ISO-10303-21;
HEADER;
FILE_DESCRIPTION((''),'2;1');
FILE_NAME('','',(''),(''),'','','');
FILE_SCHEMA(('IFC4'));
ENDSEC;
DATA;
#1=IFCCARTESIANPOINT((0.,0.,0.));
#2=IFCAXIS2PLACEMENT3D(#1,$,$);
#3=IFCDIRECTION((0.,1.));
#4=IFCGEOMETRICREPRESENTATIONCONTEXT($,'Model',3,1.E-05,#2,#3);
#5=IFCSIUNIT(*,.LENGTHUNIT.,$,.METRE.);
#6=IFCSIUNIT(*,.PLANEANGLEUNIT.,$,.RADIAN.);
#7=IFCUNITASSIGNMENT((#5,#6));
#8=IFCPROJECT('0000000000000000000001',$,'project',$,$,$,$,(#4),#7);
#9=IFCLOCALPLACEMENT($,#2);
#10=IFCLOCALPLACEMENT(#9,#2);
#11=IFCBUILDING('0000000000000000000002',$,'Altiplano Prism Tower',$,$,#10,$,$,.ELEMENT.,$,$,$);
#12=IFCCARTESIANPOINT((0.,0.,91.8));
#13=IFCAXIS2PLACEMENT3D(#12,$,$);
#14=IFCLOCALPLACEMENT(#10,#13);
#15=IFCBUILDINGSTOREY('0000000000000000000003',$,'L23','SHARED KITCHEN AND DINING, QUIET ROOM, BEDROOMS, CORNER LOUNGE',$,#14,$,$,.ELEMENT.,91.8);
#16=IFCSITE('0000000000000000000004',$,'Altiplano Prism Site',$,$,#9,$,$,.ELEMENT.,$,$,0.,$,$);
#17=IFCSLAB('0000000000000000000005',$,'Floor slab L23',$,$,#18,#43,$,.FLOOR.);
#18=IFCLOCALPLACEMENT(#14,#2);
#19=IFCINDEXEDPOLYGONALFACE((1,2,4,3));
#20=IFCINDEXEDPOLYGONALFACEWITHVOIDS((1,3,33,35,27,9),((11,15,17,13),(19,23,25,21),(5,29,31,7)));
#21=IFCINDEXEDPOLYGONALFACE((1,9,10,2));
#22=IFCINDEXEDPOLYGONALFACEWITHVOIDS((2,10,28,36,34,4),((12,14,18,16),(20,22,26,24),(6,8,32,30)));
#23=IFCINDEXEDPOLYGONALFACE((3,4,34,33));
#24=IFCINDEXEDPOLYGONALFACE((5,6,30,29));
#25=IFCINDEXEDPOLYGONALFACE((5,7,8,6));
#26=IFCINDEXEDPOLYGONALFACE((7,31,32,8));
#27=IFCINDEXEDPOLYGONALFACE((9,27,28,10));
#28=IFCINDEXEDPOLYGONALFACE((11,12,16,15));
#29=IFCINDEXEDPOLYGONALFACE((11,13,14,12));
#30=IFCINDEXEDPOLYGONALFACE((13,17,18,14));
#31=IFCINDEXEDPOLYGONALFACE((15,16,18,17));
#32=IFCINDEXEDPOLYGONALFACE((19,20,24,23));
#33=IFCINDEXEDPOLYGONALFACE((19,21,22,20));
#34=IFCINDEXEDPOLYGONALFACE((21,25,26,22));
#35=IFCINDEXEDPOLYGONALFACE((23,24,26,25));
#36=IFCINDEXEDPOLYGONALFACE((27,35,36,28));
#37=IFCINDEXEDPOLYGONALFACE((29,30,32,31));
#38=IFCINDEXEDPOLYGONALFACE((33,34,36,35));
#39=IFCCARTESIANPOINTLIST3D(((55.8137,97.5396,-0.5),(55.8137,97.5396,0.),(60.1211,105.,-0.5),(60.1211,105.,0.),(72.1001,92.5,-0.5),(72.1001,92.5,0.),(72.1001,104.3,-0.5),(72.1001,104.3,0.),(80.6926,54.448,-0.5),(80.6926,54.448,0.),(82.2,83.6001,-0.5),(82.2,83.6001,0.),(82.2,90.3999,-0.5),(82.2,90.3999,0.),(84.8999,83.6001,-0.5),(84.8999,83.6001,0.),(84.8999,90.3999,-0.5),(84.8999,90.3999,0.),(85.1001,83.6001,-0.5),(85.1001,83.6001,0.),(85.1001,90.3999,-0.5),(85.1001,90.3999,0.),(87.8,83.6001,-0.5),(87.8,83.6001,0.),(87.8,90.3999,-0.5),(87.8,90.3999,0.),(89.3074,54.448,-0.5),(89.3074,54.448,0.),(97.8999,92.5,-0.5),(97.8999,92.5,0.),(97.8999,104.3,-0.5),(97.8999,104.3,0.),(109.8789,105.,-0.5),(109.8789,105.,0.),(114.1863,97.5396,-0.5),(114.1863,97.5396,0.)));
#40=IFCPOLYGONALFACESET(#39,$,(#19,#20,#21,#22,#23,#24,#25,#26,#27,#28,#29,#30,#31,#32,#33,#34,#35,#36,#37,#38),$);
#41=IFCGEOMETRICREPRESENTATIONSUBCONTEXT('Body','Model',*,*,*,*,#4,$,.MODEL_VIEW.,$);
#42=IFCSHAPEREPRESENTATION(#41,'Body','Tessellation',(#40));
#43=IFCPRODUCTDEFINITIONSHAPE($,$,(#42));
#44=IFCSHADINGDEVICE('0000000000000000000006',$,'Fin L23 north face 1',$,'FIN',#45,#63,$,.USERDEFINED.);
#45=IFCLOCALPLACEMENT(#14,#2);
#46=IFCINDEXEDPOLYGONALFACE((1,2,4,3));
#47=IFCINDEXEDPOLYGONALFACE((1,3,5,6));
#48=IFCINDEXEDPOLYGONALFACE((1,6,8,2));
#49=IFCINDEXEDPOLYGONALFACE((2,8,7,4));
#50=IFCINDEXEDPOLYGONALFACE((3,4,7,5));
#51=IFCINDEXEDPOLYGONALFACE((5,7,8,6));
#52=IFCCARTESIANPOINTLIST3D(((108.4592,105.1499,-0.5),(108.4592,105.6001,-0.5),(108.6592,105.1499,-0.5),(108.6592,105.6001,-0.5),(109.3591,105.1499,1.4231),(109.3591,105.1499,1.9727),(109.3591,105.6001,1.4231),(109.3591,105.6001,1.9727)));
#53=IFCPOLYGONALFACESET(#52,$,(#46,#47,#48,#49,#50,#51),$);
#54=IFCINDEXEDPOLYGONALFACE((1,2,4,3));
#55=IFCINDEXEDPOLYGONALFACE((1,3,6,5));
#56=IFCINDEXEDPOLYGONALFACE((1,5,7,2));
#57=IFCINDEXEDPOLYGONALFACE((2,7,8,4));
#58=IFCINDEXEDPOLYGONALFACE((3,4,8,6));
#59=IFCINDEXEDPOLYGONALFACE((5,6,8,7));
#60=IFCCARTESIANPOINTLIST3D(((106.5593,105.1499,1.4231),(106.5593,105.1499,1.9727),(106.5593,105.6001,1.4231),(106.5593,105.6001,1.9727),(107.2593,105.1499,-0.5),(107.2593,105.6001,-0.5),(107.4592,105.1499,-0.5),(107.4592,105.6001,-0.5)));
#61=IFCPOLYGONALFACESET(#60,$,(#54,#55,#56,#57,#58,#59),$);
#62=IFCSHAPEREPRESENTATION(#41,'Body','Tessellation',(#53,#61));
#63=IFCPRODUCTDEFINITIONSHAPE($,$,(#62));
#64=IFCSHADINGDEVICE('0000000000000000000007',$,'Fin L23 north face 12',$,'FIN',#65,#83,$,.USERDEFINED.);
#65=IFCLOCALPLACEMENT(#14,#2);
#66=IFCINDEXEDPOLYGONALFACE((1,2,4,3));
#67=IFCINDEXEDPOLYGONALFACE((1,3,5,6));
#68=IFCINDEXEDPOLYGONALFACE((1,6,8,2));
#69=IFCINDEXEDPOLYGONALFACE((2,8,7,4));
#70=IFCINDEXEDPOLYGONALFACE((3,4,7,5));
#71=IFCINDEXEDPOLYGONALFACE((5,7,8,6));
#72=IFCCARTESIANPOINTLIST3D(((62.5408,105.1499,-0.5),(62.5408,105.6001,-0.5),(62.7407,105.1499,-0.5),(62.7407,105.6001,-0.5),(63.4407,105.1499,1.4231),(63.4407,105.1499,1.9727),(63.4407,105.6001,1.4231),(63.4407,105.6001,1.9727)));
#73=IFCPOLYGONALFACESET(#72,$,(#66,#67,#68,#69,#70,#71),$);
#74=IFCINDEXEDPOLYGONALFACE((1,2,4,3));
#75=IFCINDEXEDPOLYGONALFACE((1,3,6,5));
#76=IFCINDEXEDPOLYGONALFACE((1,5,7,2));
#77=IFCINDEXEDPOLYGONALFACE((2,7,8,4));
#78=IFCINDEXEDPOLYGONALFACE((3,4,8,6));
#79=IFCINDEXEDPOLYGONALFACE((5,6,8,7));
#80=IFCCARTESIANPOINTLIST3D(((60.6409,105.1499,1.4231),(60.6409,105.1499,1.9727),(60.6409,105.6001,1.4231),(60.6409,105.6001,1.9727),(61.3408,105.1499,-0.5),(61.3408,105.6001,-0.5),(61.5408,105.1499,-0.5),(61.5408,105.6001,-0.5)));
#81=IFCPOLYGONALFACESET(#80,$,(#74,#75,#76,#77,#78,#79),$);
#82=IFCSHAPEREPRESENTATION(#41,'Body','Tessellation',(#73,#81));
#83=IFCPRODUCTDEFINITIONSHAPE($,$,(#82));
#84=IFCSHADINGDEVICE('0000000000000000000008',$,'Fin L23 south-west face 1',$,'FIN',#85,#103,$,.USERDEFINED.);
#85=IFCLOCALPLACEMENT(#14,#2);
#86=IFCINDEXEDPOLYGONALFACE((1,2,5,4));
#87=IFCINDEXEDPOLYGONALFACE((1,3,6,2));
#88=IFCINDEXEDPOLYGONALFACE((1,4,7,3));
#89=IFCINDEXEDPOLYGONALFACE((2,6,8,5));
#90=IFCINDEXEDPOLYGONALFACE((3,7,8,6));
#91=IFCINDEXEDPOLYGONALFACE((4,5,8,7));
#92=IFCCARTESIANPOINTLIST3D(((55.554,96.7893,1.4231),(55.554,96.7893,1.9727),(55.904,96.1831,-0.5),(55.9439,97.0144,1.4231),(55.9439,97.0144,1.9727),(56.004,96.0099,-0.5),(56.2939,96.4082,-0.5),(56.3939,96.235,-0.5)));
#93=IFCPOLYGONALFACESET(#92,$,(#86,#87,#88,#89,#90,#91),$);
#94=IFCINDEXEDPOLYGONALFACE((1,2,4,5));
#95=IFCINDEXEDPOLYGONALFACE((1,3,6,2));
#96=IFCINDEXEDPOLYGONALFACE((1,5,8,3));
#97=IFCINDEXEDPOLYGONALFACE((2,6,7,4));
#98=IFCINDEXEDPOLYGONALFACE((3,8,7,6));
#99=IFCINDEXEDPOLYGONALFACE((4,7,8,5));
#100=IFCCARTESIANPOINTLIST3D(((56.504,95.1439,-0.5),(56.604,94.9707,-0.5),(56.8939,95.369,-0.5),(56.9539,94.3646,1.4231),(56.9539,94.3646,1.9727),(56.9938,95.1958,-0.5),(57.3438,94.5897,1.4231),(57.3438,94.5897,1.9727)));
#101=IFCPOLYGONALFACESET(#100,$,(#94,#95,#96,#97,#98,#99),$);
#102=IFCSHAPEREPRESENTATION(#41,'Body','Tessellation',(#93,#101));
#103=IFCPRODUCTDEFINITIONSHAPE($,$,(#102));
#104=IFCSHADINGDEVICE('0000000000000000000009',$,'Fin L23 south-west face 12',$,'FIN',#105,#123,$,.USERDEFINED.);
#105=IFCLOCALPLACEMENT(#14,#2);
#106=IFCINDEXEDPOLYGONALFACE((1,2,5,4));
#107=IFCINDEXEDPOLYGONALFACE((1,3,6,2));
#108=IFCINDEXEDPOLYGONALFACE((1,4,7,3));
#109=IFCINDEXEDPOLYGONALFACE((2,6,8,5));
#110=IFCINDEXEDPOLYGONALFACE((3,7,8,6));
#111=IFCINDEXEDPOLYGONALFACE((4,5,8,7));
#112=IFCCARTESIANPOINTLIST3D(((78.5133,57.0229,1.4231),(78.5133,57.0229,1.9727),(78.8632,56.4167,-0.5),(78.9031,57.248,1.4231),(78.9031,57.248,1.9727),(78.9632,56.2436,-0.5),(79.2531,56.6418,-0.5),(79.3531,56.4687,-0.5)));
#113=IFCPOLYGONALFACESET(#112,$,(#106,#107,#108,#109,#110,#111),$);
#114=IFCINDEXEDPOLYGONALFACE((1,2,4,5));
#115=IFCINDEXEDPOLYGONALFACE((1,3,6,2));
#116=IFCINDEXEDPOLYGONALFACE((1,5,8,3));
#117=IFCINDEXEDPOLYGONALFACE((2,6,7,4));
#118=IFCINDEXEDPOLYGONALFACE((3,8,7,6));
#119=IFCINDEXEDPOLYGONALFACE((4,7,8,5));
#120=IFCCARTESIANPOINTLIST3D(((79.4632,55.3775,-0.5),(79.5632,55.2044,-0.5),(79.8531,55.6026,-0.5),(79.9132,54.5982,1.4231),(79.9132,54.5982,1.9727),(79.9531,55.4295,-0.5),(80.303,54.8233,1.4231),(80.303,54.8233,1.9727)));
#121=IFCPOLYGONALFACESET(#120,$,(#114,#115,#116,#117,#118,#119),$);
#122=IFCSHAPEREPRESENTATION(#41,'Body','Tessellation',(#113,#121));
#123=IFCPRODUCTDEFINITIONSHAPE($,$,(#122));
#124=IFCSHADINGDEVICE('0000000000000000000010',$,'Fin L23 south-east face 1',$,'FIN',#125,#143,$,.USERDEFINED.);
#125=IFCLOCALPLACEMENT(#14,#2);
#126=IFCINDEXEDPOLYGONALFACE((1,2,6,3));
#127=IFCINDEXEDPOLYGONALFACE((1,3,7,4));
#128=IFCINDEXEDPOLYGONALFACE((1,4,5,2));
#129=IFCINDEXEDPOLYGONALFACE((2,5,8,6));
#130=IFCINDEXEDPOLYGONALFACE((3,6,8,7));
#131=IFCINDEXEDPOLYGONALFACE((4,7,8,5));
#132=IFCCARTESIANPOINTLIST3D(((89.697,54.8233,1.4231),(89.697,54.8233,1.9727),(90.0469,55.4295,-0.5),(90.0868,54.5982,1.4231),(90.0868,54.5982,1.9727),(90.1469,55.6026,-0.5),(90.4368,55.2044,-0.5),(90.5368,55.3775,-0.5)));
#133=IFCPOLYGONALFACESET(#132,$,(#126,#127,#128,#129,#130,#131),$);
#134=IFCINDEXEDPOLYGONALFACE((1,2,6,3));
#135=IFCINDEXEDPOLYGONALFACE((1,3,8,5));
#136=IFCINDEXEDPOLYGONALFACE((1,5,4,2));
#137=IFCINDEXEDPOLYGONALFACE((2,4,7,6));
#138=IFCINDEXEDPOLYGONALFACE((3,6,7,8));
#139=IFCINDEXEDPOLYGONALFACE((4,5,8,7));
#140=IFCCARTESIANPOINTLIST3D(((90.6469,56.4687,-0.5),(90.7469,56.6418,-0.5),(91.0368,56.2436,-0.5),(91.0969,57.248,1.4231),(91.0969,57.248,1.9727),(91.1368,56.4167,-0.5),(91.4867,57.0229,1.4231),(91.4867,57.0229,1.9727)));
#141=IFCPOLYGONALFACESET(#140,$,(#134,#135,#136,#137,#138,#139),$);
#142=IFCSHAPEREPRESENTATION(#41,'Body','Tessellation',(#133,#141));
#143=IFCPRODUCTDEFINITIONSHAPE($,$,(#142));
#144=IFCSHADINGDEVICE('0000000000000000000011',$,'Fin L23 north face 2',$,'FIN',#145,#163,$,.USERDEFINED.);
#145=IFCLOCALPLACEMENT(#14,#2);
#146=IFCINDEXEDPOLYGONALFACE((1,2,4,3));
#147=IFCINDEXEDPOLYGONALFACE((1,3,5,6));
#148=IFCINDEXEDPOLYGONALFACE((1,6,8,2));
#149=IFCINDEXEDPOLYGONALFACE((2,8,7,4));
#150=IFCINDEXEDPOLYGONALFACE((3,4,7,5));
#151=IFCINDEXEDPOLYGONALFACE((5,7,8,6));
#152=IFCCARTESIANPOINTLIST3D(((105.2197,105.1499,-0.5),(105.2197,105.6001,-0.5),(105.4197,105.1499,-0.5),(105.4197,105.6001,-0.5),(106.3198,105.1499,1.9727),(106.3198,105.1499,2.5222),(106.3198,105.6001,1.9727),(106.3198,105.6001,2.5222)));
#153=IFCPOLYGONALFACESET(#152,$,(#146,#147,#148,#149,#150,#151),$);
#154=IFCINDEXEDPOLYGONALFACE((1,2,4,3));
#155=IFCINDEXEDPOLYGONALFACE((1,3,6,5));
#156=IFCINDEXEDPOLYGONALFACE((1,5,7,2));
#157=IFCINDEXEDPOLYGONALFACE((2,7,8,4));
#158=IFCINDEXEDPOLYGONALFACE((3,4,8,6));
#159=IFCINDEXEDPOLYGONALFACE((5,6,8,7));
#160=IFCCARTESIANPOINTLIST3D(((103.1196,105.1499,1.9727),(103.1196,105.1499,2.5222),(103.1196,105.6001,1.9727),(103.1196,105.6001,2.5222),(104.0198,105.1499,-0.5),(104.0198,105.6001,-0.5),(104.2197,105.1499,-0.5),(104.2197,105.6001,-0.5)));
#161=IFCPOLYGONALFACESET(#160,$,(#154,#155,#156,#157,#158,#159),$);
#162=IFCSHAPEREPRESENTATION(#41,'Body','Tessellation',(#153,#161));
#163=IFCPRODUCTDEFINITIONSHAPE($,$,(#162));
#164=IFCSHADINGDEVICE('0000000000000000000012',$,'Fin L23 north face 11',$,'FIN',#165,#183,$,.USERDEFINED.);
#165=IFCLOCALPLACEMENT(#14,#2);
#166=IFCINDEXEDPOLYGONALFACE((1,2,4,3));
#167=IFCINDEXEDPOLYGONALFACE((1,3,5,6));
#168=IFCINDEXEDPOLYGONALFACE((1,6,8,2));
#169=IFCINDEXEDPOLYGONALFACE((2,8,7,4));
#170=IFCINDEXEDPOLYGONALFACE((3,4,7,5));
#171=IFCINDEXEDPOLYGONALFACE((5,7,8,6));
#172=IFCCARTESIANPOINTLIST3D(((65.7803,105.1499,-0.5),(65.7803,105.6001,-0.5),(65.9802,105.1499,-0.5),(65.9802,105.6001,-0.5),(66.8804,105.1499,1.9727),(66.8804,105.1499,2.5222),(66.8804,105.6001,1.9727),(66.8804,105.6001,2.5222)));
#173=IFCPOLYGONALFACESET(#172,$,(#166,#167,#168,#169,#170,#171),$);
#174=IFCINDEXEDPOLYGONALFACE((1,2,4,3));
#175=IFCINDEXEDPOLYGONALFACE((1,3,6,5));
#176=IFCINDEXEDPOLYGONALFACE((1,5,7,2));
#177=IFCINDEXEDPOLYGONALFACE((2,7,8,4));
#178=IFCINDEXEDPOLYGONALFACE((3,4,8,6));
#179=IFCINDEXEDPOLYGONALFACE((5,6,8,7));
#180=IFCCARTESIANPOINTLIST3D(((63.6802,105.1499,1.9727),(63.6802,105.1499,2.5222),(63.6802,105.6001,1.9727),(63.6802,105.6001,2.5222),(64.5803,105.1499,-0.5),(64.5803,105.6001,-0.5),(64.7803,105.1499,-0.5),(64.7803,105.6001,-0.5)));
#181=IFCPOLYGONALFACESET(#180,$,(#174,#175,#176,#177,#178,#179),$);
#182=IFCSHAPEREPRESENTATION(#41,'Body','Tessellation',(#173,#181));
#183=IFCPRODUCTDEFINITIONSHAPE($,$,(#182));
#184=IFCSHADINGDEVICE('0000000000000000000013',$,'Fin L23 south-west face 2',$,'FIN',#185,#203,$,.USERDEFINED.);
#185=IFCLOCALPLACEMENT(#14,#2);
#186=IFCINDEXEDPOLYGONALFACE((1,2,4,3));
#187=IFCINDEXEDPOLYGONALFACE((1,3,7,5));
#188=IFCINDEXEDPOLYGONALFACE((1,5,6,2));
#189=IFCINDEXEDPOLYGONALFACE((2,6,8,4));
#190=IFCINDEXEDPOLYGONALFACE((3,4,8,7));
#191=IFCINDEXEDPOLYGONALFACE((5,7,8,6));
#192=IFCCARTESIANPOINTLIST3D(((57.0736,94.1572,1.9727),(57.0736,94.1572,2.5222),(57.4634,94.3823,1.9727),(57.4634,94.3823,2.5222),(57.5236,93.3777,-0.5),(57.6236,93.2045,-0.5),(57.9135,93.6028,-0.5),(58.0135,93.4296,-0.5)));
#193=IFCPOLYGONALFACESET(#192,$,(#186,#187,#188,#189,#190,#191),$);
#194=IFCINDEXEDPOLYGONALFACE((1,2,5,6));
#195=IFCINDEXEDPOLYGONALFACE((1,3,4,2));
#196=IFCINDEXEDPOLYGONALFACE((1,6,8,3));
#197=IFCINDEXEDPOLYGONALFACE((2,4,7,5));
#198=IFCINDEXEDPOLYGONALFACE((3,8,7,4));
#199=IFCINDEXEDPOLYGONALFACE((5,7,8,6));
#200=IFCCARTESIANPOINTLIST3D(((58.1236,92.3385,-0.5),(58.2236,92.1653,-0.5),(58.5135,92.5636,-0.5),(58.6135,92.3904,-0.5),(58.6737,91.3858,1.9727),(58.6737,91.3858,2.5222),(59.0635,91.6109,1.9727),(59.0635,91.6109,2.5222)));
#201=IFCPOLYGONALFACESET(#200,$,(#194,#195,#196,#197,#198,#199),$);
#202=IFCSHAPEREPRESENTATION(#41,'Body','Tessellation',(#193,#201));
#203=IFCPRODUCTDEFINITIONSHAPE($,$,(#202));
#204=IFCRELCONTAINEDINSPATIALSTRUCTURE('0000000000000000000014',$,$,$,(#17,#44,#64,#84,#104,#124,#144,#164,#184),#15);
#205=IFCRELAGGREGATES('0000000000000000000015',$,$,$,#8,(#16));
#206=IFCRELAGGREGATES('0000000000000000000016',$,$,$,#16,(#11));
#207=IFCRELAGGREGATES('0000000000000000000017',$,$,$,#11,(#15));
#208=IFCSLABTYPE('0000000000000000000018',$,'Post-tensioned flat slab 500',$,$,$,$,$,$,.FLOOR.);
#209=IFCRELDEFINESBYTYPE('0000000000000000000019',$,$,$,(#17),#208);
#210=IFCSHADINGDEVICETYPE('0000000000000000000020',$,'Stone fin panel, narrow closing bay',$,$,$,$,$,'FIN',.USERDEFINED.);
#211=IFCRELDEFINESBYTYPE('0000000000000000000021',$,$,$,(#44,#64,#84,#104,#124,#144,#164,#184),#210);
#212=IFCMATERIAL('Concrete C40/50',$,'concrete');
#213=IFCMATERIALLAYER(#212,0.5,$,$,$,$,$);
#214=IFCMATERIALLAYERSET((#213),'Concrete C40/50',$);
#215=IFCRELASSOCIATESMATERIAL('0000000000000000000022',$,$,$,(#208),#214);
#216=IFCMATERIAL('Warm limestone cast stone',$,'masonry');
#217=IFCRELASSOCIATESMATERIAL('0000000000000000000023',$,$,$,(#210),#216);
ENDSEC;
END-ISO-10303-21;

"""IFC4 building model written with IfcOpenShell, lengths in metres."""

from ifc_helpers import new_model, si_unit, direction, frame, origin, place, context, subcontext, project, spatial, polyline, outline, extrude, source, transform, mapped, material, layer, layer_set, type_object, element, save


model = new_model("IFC4")

# Units and contexts
model_context = context("Model", 3, precision=1e-05, world=origin(), true_north=direction((0.0, 1.0)))
body_context = subcontext(model_context, "Body", "Model", "MODEL_VIEW")
ifc_project = project(units=[si_unit("LENGTHUNIT", "METRE"), si_unit("PLANEANGLEUNIT", "RADIAN")], contexts=[model_context])

# Site, building, storey
site_placement = place(None, origin())
site = spatial("IfcSite", under=ifc_project, at=site_placement, Name="Altiplano Prism Site", CompositionType="ELEMENT", RefElevation=0.0)
building_placement = place(site_placement, origin())
building = spatial("IfcBuilding", under=site, at=building_placement, Name="Altiplano Prism Tower", CompositionType="ELEMENT")
storey_placement = place(building_placement, frame((0.0, 0.0, 91.8)))
storey = spatial("IfcBuildingStorey", under=building, at=storey_placement, Name="L23", Description="SHARED KITCHEN AND DINING, QUIET ROOM, BEDROOMS, CORNER LOUNGE", CompositionType="ELEMENT", Elevation=91.8)

# Slab
ifc_material_1 = material(Name="Concrete C40/50", Category="concrete")
ifc_layer = layer(ifc_material_1, 0.5)
ifc_layer_set = layer_set([ifc_layer], Name="Concrete C40/50")
slab_type = type_object("IfcSlabType", Name="Post-tensioned flat slab 500", PredefinedType="FLOOR", material=ifc_layer_set)
slab_placement = place(storey_placement, frame((0.0, 0.0, -0.5)))
element("IfcSlab", 1, at=slab_placement, inside=storey, type_object=slab_type, Name="Floor slab L23", PredefinedType="FLOOR", context=body_context, shape_type="SweptSolid", body=[
    extrude(outline(polyline([(80.6926, 54.448), (55.8137, 97.5396), (60.1211, 105.0), (109.8789, 105.0), (114.1863, 97.5396), (89.3074, 54.448), (80.6926, 54.448)]), holes=[polyline([(72.1001, 104.3), (72.1001, 92.5), (97.8999, 92.5), (97.8999, 104.3), (72.1001, 104.3)]), polyline([(84.8999, 90.3999), (82.2, 90.3999), (82.2, 83.6001), (84.8999, 83.6001), (84.8999, 90.3999)]), polyline([(87.8, 83.6001), (87.8, 90.3999), (85.1001, 90.3999), (85.1001, 83.6001), (87.8, 83.6001)])]), origin(), (0.0, 0.0, 1.0), 0.5),
])

# Shading devices
ifc_material_2 = material(Name="Warm limestone cast stone", Category="masonry")
shading_device_type_1 = type_object("IfcShadingDeviceType", Name="Stone fin panel, narrow closing bay", ElementType="FIN", PredefinedType="USERDEFINED", material=ifc_material_2)
shared_shape_1 = source(origin(), body_context, "Body", "SweptSolid", [
    extrude(outline(polyline([(-1.3999, 2.4727), (-1.3999, 1.9231), (-0.7, 0.0), (-0.5, 0.0), (-1.3999, 2.4727)])), frame((0.0, -0.1499, 0.0), z_axis=(0.0, -1.0, 0.0), x_axis=(1.0, 0.0, 0.0)), (0.0, 0.0, 1.0), 0.4502),
    extrude(outline(polyline([(1.3999, 1.9231), (1.3999, 2.4727), (0.5, 0.0), (0.7, 0.0), (1.3999, 1.9231)])), frame((0.0, -0.1499, 0.0), z_axis=(0.0, -1.0, 0.0), x_axis=(1.0, 0.0, 0.0)), (0.0, 0.0, 1.0), 0.4502),
])
shading_device_1_placement = place(storey_placement, origin())
element("IfcShadingDevice", 2, at=shading_device_1_placement, inside=storey, type_object=shading_device_type_1, Name="Fin L23 north face 1", ObjectType="FIN", PredefinedType="USERDEFINED", context=body_context, shape_type="MappedRepresentation", body=[
    mapped(shared_shape_1, transform((107.9592, 105.0, -0.5), x_axis=(-1.0, 0.0, 0.0), y_axis=(0.0, -1.0, 0.0), z_axis=(0.0, 0.0, 1.0))),
])
shading_device_2_placement = place(storey_placement, origin())
element("IfcShadingDevice", 3, at=shading_device_2_placement, inside=storey, type_object=shading_device_type_1, Name="Fin L23 north face 12", ObjectType="FIN", PredefinedType="USERDEFINED", context=body_context, shape_type="MappedRepresentation", body=[
    mapped(shared_shape_1, transform((62.0408, 105.0, -0.5), x_axis=(-1.0, 0.0, 0.0), y_axis=(0.0, -1.0, 0.0), z_axis=(0.0, 0.0, 1.0))),
])
shading_device_3_placement = place(storey_placement, origin())
element("IfcShadingDevice", 4, at=shading_device_3_placement, inside=storey, type_object=shading_device_type_1, Name="Fin L23 south-west face 1", ObjectType="FIN", PredefinedType="USERDEFINED", context=body_context, shape_type="MappedRepresentation", body=[
    mapped(shared_shape_1, transform((56.7737, 95.877, -0.5), x_axis=(0.5, -0.866025, 0.0), y_axis=(0.866025, 0.5, 0.0), z_axis=(0.0, 0.0, 1.0))),
])
shading_device_4_placement = place(storey_placement, origin())
element("IfcShadingDevice", 5, at=shading_device_4_placement, inside=storey, type_object=shading_device_type_1, Name="Fin L23 south-west face 12", ObjectType="FIN", PredefinedType="USERDEFINED", context=body_context, shape_type="MappedRepresentation", body=[
    mapped(shared_shape_1, transform((79.7329, 56.1106, -0.5), x_axis=(0.5, -0.866025, 0.0), y_axis=(0.866025, 0.5, 0.0), z_axis=(0.0, 0.0, 1.0))),
])
shading_device_5_placement = place(storey_placement, origin())
element("IfcShadingDevice", 6, at=shading_device_5_placement, inside=storey, type_object=shading_device_type_1, Name="Fin L23 south-east face 1", ObjectType="FIN", PredefinedType="USERDEFINED", context=body_context, shape_type="MappedRepresentation", body=[
    mapped(shared_shape_1, transform((90.2671, 56.1106, -0.5), x_axis=(0.5, 0.866025, 0.0), y_axis=(-0.866025, 0.5, 0.0), z_axis=(0.0, 0.0, 1.0))),
])
shared_shape_2 = source(origin(), body_context, "Body", "SweptSolid", [
    extrude(outline(polyline([(-1.6001, 3.0222), (-1.6001, 2.4727), (-0.7, 0.0), (-0.5, 0.0), (-1.6001, 3.0222)])), frame((0.0, -0.1499, 0.0), z_axis=(0.0, -1.0, 0.0), x_axis=(1.0, 0.0, 0.0)), (0.0, 0.0, 1.0), 0.4502),
    extrude(outline(polyline([(1.6001, 2.4727), (1.6001, 3.0222), (0.5, 0.0), (0.7, 0.0), (1.6001, 2.4727)])), frame((0.0, -0.1499, 0.0), z_axis=(0.0, -1.0, 0.0), x_axis=(1.0, 0.0, 0.0)), (0.0, 0.0, 1.0), 0.4502),
])
shading_device_6_placement = place(storey_placement, origin())
element("IfcShadingDevice", 7, at=shading_device_6_placement, inside=storey, type_object=shading_device_type_1, Name="Fin L23 north face 2", ObjectType="FIN", PredefinedType="USERDEFINED", context=body_context, shape_type="MappedRepresentation", body=[
    mapped(shared_shape_2, transform((104.7197, 105.0, -0.5), x_axis=(-1.0, 0.0, 0.0), y_axis=(0.0, -1.0, 0.0), z_axis=(0.0, 0.0, 1.0))),
])
shading_device_7_placement = place(storey_placement, origin())
element("IfcShadingDevice", 8, at=shading_device_7_placement, inside=storey, type_object=shading_device_type_1, Name="Fin L23 north face 11", ObjectType="FIN", PredefinedType="USERDEFINED", context=body_context, shape_type="MappedRepresentation", body=[
    mapped(shared_shape_2, transform((65.2803, 105.0, -0.5), x_axis=(-1.0, 0.0, 0.0), y_axis=(0.0, -1.0, 0.0), z_axis=(0.0, 0.0, 1.0))),
])
shading_device_8_placement = place(storey_placement, origin())
element("IfcShadingDevice", 9, at=shading_device_8_placement, inside=storey, type_object=shading_device_type_1, Name="Fin L23 south-west face 2", ObjectType="FIN", PredefinedType="USERDEFINED", context=body_context, shape_type="MappedRepresentation", body=[
    mapped(shared_shape_2, transform((58.3933, 93.0715, -0.5), x_axis=(0.5, -0.866025, 0.0), y_axis=(0.866025, 0.5, 0.0), z_axis=(0.0, 0.0, 1.0))),
])

save(model, "model.ifc")
